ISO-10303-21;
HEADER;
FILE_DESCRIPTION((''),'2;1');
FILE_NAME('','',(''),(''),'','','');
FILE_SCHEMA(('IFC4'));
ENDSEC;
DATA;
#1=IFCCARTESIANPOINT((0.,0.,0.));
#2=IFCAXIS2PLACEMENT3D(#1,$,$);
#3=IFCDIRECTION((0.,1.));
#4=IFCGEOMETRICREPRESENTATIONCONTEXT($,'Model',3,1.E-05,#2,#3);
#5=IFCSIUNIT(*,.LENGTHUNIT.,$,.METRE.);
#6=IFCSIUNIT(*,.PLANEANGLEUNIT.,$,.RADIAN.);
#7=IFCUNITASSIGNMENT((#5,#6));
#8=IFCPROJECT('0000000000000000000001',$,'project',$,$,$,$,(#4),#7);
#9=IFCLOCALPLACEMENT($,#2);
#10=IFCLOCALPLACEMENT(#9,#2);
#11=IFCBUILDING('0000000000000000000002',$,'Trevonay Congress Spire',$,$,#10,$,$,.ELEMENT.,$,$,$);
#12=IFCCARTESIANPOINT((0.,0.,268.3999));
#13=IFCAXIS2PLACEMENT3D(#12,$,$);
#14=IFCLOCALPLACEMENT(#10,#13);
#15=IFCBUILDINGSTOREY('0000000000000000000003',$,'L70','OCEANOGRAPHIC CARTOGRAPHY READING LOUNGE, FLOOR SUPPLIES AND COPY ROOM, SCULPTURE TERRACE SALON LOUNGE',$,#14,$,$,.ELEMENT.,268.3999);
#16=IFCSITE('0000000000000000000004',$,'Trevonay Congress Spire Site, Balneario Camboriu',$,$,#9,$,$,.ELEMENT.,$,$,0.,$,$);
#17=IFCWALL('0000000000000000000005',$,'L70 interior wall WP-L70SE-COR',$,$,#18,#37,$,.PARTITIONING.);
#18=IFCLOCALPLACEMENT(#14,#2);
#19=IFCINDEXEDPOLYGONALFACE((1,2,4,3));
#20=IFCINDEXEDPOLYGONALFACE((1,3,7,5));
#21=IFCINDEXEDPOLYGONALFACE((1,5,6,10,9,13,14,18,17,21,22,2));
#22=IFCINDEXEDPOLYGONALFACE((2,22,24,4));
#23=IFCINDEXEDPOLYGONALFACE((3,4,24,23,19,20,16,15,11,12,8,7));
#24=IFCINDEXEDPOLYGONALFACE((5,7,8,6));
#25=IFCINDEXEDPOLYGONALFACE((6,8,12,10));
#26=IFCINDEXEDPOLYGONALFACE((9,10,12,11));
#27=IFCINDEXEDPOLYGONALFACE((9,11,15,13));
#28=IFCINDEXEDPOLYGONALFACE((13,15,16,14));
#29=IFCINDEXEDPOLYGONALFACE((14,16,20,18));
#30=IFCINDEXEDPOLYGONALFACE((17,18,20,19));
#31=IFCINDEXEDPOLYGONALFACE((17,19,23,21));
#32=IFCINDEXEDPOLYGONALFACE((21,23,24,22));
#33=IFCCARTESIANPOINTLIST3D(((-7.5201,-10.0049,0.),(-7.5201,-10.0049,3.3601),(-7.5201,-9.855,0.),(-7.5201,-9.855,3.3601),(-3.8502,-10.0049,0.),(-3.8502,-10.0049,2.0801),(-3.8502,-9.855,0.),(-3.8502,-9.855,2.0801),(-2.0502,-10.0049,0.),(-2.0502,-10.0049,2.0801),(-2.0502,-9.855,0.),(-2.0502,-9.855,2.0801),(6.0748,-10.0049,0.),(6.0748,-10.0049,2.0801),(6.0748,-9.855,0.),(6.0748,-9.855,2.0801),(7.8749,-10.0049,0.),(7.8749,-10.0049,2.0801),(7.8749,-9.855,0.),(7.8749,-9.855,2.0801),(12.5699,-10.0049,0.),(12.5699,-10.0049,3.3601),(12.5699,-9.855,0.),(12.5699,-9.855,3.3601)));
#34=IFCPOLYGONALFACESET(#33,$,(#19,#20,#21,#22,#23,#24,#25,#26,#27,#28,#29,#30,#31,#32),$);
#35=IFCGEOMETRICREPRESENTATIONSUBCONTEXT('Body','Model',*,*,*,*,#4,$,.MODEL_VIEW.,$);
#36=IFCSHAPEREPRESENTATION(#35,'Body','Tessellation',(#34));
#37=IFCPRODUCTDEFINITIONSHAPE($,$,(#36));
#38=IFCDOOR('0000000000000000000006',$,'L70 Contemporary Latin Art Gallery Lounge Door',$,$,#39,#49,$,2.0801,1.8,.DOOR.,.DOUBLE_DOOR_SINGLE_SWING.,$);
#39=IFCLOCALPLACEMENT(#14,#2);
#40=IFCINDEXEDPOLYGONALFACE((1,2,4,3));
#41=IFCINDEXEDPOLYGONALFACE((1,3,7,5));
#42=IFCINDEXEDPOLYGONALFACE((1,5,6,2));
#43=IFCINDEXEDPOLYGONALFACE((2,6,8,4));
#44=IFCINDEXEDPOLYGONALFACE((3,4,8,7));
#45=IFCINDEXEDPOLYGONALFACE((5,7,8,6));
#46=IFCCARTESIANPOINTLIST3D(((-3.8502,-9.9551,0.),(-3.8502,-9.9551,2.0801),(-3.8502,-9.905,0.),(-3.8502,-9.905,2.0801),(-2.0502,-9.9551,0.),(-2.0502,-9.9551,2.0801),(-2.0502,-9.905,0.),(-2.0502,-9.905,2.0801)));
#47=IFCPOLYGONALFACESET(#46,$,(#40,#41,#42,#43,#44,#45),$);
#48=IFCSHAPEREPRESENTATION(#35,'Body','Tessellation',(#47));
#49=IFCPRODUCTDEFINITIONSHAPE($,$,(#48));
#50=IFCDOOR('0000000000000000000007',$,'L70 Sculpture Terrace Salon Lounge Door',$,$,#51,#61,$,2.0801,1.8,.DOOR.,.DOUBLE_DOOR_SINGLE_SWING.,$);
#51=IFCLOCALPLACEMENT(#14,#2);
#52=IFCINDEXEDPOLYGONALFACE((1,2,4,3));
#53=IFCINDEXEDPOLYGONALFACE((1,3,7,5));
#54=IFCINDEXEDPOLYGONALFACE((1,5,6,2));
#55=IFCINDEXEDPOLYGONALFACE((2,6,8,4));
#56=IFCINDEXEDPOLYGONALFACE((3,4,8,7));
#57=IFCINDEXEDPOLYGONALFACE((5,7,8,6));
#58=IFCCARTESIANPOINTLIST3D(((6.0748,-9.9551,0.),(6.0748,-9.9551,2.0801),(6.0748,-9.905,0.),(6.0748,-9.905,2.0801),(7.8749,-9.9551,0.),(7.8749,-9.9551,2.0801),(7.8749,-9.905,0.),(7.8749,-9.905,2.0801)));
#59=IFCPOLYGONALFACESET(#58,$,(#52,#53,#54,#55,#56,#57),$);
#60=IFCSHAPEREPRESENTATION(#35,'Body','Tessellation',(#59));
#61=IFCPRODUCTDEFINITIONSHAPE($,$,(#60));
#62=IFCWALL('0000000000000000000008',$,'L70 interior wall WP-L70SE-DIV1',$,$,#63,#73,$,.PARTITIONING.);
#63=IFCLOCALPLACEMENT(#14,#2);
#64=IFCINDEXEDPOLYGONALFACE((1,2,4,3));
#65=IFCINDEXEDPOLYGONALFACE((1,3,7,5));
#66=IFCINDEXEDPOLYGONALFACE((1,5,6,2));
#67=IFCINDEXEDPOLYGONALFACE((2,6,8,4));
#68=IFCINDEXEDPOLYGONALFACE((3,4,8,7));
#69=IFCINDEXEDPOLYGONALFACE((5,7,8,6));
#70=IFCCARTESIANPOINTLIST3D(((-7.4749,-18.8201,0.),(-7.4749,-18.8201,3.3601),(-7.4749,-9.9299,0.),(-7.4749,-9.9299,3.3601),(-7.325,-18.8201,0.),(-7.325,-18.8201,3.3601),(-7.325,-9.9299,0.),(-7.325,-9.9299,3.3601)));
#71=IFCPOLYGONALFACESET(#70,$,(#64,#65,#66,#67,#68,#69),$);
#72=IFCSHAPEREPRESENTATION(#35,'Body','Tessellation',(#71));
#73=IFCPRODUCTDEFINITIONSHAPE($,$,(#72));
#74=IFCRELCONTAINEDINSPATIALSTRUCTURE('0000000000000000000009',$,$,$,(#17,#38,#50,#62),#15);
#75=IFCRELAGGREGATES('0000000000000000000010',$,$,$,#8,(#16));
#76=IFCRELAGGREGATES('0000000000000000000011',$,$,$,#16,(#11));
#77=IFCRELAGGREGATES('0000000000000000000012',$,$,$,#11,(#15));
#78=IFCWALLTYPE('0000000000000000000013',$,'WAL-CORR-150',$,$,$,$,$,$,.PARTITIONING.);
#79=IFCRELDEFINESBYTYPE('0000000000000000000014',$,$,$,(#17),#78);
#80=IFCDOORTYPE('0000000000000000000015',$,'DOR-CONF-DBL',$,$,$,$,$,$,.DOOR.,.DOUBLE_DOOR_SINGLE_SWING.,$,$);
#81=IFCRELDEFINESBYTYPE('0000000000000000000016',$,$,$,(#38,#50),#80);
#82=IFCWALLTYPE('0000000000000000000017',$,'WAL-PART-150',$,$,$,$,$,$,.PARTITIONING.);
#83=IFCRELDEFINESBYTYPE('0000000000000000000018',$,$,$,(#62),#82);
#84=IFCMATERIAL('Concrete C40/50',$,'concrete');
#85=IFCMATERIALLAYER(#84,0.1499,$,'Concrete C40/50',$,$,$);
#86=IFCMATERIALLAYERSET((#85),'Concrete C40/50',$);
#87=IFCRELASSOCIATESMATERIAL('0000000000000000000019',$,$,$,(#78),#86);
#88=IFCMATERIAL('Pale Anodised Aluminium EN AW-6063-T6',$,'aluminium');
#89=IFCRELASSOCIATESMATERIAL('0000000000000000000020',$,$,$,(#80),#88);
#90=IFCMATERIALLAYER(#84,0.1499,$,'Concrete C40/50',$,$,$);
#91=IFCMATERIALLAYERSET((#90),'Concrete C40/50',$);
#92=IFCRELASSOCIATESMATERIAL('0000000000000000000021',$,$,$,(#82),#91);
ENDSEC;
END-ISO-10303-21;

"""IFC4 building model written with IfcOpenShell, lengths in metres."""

from ifc_helpers import new_model, si_unit, direction, frame, frame_2d, origin, place, context, subcontext, project, spatial, rectangle, extrude, material, layer, layer_set, type_object, element, fill, save


model = new_model("IFC4")

# Units and contexts
model_context = context("Model", 3, precision=1e-05, world=origin(), true_north=direction((0.0, 1.0)))
body_context = subcontext(model_context, "Body", "Model", "MODEL_VIEW")
ifc_project = project(units=[si_unit("LENGTHUNIT", "METRE"), si_unit("PLANEANGLEUNIT", "RADIAN")], contexts=[model_context])

# Site, building, storey
site_placement = place(None, origin())
site = spatial("IfcSite", under=ifc_project, at=site_placement, Name="Trevonay Congress Spire Site, Balneario Camboriu", CompositionType="ELEMENT", RefElevation=0.0)
building_placement = place(site_placement, origin())
building = spatial("IfcBuilding", under=site, at=building_placement, Name="Trevonay Congress Spire", CompositionType="ELEMENT")
storey_placement = place(building_placement, frame((0.0, 0.0, 268.3999)))
storey = spatial("IfcBuildingStorey", under=building, at=storey_placement, Name="L70", Description="OCEANOGRAPHIC CARTOGRAPHY READING LOUNGE, FLOOR SUPPLIES AND COPY ROOM, SCULPTURE TERRACE SALON LOUNGE", CompositionType="ELEMENT", Elevation=268.3999)

# Shared definitions
ifc_material_1 = material(Name="Pale Anodised Aluminium EN AW-6063-T6", Category="aluminium")

# Wall, openings, doors
ifc_material_2 = material(Name="Concrete C40/50", Category="concrete")
ifc_layer_1 = layer(ifc_material_2, 0.1499, Name="Concrete C40/50")
ifc_layer_set_1 = layer_set([ifc_layer_1], Name="Concrete C40/50")
wall_type_1 = type_object("IfcWallType", Name="WAL-CORR-150", PredefinedType="PARTITIONING", material=ifc_layer_set_1)
wall_1_placement = place(storey_placement, frame((-7.52, -9.9299, 0.0), z_axis=(0.0, 0.0, 1.0), x_axis=(1.0, 0.0, 0.0)))
wall_1 = element("IfcWall", 1, at=wall_1_placement, inside=storey, type_object=wall_type_1, Name="L70 interior wall WP-L70SE-COR", PredefinedType="PARTITIONING", context=body_context, shape_type="SweptSolid", body=[
    extrude(rectangle(XDim=20.0901, YDim=0.1499, at=frame_2d((10.0449, 0.0))), origin(), (0.0, 0.0, 1.0), 3.3601),
])
opening_1_placement = place(wall_1_placement, frame((3.6699, 0.0, 0.0)))
opening_1 = element("IfcOpeningElement", 2, at=opening_1_placement, cuts=wall_1, PredefinedType="OPENING", context=body_context, shape_type="SweptSolid", body=[
    extrude(rectangle(XDim=1.8, YDim=2.0801, at=frame_2d((0.8999, 1.04))), frame((0.0, 0.085, 0.0), z_axis=(0.0, -1.0, 0.0), x_axis=(1.0, 0.0, 0.0)), (0.0, 0.0, 1.0), 0.1699),
])
opening_2_placement = place(wall_1_placement, frame((13.595, 0.0, 0.0)))
opening_2 = element("IfcOpeningElement", 3, at=opening_2_placement, cuts=wall_1, PredefinedType="OPENING", context=body_context, shape_type="SweptSolid", body=[
    extrude(rectangle(XDim=1.8, YDim=2.0801, at=frame_2d((0.8999, 1.04))), frame((0.0, 0.085, 0.0), z_axis=(0.0, -1.0, 0.0), x_axis=(1.0, 0.0, 0.0)), (0.0, 0.0, 1.0), 0.1699),
])
door_type = type_object("IfcDoorType", Name="DOR-CONF-DBL", OperationType="DOUBLE_DOOR_SINGLE_SWING", PredefinedType="DOOR", material=ifc_material_1)
door_1_placement = place(opening_1_placement, origin())
door_1 = element("IfcDoor", 4, at=door_1_placement, inside=storey, type_object=door_type, Name="L70 Contemporary Latin Art Gallery Lounge Door", OperationType="DOUBLE_DOOR_SINGLE_SWING", OverallHeight=2.0801, OverallWidth=1.8, PredefinedType="DOOR", context=body_context, shape_type="SweptSolid", body=[
    extrude(rectangle(XDim=1.8, YDim=2.0801, at=frame_2d((0.8999, 1.04))), frame((0.0, 0.0249, 0.0), z_axis=(0.0, -1.0, 0.0), x_axis=(1.0, 0.0, 0.0)), (0.0, 0.0, 1.0), 0.05),
])
fill(opening_1, door_1)
door_2_placement = place(opening_2_placement, origin())
door_2 = element("IfcDoor", 5, at=door_2_placement, inside=storey, type_object=door_type, Name="L70 Sculpture Terrace Salon Lounge Door", OperationType="DOUBLE_DOOR_SINGLE_SWING", OverallHeight=2.0801, OverallWidth=1.8, PredefinedType="DOOR", context=body_context, shape_type="SweptSolid", body=[
    extrude(rectangle(XDim=1.8, YDim=2.0801, at=frame_2d((0.8999, 1.04))), frame((0.0, 0.0249, 0.0), z_axis=(0.0, -1.0, 0.0), x_axis=(1.0, 0.0, 0.0)), (0.0, 0.0, 1.0), 0.05),
])
fill(opening_2, door_2)

# Wall
ifc_layer_2 = layer(ifc_material_2, 0.1499, Name="Concrete C40/50")
ifc_layer_set_2 = layer_set([ifc_layer_2], Name="Concrete C40/50")
wall_type_2 = type_object("IfcWallType", Name="WAL-PART-150", PredefinedType="PARTITIONING", material=ifc_layer_set_2)
wall_2_placement = place(storey_placement, frame((-7.3999, -18.8201, 0.0), z_axis=(0.0, 0.0, 1.0), x_axis=(0.0, 1.0, 0.0)))
element("IfcWall", 6, at=wall_2_placement, inside=storey, type_object=wall_type_2, Name="L70 interior wall WP-L70SE-DIV1", PredefinedType="PARTITIONING", context=body_context, shape_type="SweptSolid", body=[
    extrude(rectangle(XDim=8.8901, YDim=0.1499, at=frame_2d((4.4451, 0.0))), origin(), (0.0, 0.0, 1.0), 3.3601),
])

save(model, "model.ifc")
